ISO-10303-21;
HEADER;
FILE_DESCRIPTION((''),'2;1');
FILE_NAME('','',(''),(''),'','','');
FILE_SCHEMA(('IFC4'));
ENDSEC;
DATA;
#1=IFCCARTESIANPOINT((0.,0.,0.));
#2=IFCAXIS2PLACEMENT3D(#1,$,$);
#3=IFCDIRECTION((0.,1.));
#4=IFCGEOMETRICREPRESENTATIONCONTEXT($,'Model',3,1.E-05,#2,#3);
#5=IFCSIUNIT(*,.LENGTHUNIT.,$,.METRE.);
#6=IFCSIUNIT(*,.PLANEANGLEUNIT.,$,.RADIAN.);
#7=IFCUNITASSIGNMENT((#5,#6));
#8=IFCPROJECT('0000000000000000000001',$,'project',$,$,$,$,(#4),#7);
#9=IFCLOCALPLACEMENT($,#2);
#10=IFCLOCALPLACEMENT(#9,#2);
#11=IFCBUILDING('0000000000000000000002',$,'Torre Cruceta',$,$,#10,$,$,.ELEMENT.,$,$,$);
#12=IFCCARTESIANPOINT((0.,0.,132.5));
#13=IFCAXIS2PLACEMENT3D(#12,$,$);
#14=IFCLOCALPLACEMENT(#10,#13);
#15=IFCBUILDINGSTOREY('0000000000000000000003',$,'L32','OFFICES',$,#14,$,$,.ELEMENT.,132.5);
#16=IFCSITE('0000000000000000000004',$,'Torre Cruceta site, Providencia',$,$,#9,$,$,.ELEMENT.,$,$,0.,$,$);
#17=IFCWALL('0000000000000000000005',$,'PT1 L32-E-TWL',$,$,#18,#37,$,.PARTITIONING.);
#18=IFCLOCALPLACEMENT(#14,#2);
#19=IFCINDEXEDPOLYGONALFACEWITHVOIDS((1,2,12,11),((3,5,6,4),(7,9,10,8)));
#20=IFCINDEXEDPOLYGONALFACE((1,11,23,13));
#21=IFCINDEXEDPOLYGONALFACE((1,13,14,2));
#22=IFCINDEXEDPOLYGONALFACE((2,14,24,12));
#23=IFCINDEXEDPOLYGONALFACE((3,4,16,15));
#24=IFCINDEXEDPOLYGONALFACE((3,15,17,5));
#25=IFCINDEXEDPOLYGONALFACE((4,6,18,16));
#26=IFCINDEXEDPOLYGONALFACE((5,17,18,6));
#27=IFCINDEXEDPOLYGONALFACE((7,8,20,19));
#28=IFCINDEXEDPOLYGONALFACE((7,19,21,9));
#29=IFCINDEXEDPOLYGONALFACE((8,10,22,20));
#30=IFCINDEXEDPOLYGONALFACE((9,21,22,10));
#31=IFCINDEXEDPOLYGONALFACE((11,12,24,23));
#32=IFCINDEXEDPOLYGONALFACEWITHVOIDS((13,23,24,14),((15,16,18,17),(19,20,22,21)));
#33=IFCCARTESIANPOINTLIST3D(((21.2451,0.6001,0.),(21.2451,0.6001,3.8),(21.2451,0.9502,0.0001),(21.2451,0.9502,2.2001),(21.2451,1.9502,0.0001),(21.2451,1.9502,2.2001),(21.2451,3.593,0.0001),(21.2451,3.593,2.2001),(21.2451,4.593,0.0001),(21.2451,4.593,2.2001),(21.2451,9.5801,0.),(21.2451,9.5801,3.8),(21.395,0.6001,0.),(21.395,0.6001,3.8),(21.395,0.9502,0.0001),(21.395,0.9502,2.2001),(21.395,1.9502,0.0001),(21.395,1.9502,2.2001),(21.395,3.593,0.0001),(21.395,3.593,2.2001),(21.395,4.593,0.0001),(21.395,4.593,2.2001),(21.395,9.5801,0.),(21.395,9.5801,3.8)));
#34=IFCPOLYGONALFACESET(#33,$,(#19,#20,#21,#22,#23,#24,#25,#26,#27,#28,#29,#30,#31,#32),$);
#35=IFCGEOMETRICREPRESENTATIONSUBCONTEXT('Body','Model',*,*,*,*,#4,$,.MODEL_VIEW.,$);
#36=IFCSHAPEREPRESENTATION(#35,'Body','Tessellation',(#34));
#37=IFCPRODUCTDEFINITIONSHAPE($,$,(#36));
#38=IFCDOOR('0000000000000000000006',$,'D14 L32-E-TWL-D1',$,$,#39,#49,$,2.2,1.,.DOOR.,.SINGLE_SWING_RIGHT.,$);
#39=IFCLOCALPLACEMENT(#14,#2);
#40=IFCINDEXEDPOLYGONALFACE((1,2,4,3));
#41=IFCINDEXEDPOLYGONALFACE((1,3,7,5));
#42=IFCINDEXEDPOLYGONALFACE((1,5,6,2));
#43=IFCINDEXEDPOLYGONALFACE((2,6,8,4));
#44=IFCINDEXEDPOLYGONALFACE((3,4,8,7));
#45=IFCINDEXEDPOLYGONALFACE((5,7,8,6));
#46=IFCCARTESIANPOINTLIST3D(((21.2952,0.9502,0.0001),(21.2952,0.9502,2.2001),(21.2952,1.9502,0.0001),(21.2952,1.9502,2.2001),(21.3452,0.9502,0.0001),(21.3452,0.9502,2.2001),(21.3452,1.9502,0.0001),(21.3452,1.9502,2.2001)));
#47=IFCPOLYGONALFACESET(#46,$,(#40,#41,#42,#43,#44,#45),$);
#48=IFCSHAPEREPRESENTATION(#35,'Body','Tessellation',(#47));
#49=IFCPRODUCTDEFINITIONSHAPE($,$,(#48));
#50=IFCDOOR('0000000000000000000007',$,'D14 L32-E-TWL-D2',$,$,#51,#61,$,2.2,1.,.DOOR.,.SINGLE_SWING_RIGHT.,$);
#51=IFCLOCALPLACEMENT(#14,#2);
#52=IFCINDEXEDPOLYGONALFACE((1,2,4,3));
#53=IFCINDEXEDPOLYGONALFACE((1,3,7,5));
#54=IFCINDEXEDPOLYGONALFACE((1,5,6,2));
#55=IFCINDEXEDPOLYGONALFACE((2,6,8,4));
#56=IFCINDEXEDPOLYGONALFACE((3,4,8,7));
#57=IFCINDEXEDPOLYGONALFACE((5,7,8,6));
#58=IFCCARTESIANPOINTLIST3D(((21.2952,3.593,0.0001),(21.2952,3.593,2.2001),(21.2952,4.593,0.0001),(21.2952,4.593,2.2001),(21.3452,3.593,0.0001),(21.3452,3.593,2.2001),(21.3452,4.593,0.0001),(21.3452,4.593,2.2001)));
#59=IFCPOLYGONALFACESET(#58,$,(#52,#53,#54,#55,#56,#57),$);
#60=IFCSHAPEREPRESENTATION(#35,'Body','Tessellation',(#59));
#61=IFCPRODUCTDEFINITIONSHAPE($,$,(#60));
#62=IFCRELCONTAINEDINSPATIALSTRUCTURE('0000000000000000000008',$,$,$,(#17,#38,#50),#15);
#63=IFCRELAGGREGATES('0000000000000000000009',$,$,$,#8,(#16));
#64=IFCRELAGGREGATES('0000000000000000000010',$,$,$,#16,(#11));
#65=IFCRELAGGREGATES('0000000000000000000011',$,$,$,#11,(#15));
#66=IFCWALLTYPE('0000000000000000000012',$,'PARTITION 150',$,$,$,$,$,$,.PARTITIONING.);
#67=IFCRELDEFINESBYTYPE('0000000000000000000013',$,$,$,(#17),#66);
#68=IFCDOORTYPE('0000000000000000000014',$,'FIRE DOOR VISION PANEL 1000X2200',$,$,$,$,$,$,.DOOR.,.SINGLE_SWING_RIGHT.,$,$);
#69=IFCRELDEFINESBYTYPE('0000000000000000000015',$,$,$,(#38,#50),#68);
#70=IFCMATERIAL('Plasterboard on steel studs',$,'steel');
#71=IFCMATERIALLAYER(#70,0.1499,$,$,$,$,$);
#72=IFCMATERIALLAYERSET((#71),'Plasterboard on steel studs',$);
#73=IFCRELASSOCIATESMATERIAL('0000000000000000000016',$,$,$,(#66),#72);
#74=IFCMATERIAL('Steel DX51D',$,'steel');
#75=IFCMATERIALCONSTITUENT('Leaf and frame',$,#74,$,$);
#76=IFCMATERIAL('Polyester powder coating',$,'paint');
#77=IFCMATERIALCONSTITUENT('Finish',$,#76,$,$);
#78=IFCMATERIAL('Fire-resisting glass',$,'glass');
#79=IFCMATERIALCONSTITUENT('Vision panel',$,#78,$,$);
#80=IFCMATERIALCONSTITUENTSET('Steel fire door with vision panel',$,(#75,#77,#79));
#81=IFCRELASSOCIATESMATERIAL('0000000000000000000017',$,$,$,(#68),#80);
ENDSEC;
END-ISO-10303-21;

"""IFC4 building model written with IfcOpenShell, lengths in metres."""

from ifc_helpers import new_model, si_unit, direction, frame, frame_2d, origin, place, context, subcontext, project, spatial, rectangle, extrude, material, layer, layer_set, constituent, constituent_set, type_object, element, fill, save


model = new_model("IFC4")

# Units and contexts
model_context = context("Model", 3, precision=1e-05, world=origin(), true_north=direction((0.0, 1.0)))
body_context = subcontext(model_context, "Body", "Model", "MODEL_VIEW")
ifc_project = project(units=[si_unit("LENGTHUNIT", "METRE"), si_unit("PLANEANGLEUNIT", "RADIAN")], contexts=[model_context])

# Site, building, storey
site_placement = place(None, origin())
site = spatial("IfcSite", under=ifc_project, at=site_placement, Name="Torre Cruceta site, Providencia", CompositionType="ELEMENT", RefElevation=0.0)
building_placement = place(site_placement, origin())
building = spatial("IfcBuilding", under=site, at=building_placement, Name="Torre Cruceta", CompositionType="ELEMENT")
storey_placement = place(building_placement, frame((0.0, 0.0, 132.5)))
storey = spatial("IfcBuildingStorey", under=building, at=storey_placement, Name="L32", Description="OFFICES", CompositionType="ELEMENT", Elevation=132.5)

# Shared definitions
ifc_material_1 = material(Name="Plasterboard on steel studs", Category="steel")
ifc_layer_1 = layer(ifc_material_1, 0.1499)
ifc_layer_set_1 = layer_set([ifc_layer_1], Name="Plasterboard on steel studs")
wall_type_1 = type_object("IfcWallType", Name="PARTITION 150", PredefinedType="PARTITIONING", material=ifc_layer_set_1)

# Wall, openings, doors
wall_1_placement = place(storey_placement, frame((21.3201, 0.6001, 0.0), z_axis=(0.0, 0.0, 1.0), x_axis=(0.0, 1.0, 0.0)))
wall_1 = element("IfcWall", 1, at=wall_1_placement, inside=storey, type_object=wall_type_1, Name="PT1 L32-E-TWL", PredefinedType="PARTITIONING", context=body_context, shape_type="SweptSolid", body=[
    extrude(rectangle(XDim=8.98, YDim=0.1499, at=frame_2d((4.49, 0.0))), origin(), (0.0, 0.0, 1.0), 3.8),
])
opening_1_placement = place(wall_1_placement, frame((0.3501, 0.0, 0.0)))
opening_1 = element("IfcOpeningElement", 2, at=opening_1_placement, cuts=wall_1, PredefinedType="OPENING", context=body_context, shape_type="SweptSolid", body=[
    extrude(rectangle(XDim=1.0, YDim=2.2, at=frame_2d((0.5, 1.1001))), frame((0.0, 0.085, 0.0), z_axis=(0.0, -1.0, 0.0), x_axis=(1.0, 0.0, 0.0)), (0.0, 0.0, 1.0), 0.1699),
])
opening_2_placement = place(wall_1_placement, frame((2.9929, 0.0, 0.0)))
opening_2 = element("IfcOpeningElement", 3, at=opening_2_placement, cuts=wall_1, PredefinedType="OPENING", context=body_context, shape_type="SweptSolid", body=[
    extrude(rectangle(XDim=1.0, YDim=2.2, at=frame_2d((0.5, 1.1001))), frame((0.0, 0.085, 0.0), z_axis=(0.0, -1.0, 0.0), x_axis=(1.0, 0.0, 0.0)), (0.0, 0.0, 1.0), 0.1699),
])
ifc_material_2 = material(Name="Steel DX51D", Category="steel")
ifc_constituent_1 = constituent(ifc_material_2, Name="Leaf and frame")
ifc_material_3 = material(Name="Polyester powder coating", Category="paint")
ifc_constituent_2 = constituent(ifc_material_3, Name="Finish")
ifc_material_4 = material(Name="Fire-resisting glass", Category="glass")
ifc_constituent_3 = constituent(ifc_material_4, Name="Vision panel")
ifc_constituent_set_1 = constituent_set(constituents=[ifc_constituent_1, ifc_constituent_2, ifc_constituent_3], Name="Steel fire door with vision panel")
door_type = type_object("IfcDoorType", Name="FIRE DOOR VISION PANEL 1000X2200", OperationType="SINGLE_SWING_RIGHT", PredefinedType="DOOR", material=ifc_constituent_set_1)
door_1_placement = place(opening_1_placement, frame((1.0, 0.0, 0.0), z_axis=(0.0, 0.0, 1.0), x_axis=(-1.0, 0.0, 0.0)))
door_1 = element("IfcDoor", 4, at=door_1_placement, inside=storey, type_object=door_type, Name="D14 L32-E-TWL-D1", OperationType="SINGLE_SWING_RIGHT", OverallHeight=2.2, OverallWidth=1.0, PredefinedType="DOOR", context=body_context, shape_type="SweptSolid", body=[
    extrude(rectangle(XDim=1.0, YDim=2.2, at=frame_2d((0.5, 1.1001))), frame((0.0, 0.0251, 0.0), z_axis=(0.0, -1.0, 0.0), x_axis=(1.0, 0.0, 0.0)), (0.0, 0.0, 1.0), 0.05),
])
fill(opening_1, door_1)
door_2_placement = place(opening_2_placement, frame((1.0, 0.0, 0.0), z_axis=(0.0, 0.0, 1.0), x_axis=(-1.0, 0.0, 0.0)))
door_2 = element("IfcDoor", 5, at=door_2_placement, inside=storey, type_object=door_type, Name="D14 L32-E-TWL-D2", OperationType="SINGLE_SWING_RIGHT", OverallHeight=2.2, OverallWidth=1.0, PredefinedType="DOOR", context=body_context, shape_type="SweptSolid", body=[
    extrude(rectangle(XDim=1.0, YDim=2.2, at=frame_2d((0.5, 1.1001))), frame((0.0, 0.0251, 0.0), z_axis=(0.0, -1.0, 0.0), x_axis=(1.0, 0.0, 0.0)), (0.0, 0.0, 1.0), 0.05),
])
fill(opening_2, door_2)

save(model, "model.ifc")
